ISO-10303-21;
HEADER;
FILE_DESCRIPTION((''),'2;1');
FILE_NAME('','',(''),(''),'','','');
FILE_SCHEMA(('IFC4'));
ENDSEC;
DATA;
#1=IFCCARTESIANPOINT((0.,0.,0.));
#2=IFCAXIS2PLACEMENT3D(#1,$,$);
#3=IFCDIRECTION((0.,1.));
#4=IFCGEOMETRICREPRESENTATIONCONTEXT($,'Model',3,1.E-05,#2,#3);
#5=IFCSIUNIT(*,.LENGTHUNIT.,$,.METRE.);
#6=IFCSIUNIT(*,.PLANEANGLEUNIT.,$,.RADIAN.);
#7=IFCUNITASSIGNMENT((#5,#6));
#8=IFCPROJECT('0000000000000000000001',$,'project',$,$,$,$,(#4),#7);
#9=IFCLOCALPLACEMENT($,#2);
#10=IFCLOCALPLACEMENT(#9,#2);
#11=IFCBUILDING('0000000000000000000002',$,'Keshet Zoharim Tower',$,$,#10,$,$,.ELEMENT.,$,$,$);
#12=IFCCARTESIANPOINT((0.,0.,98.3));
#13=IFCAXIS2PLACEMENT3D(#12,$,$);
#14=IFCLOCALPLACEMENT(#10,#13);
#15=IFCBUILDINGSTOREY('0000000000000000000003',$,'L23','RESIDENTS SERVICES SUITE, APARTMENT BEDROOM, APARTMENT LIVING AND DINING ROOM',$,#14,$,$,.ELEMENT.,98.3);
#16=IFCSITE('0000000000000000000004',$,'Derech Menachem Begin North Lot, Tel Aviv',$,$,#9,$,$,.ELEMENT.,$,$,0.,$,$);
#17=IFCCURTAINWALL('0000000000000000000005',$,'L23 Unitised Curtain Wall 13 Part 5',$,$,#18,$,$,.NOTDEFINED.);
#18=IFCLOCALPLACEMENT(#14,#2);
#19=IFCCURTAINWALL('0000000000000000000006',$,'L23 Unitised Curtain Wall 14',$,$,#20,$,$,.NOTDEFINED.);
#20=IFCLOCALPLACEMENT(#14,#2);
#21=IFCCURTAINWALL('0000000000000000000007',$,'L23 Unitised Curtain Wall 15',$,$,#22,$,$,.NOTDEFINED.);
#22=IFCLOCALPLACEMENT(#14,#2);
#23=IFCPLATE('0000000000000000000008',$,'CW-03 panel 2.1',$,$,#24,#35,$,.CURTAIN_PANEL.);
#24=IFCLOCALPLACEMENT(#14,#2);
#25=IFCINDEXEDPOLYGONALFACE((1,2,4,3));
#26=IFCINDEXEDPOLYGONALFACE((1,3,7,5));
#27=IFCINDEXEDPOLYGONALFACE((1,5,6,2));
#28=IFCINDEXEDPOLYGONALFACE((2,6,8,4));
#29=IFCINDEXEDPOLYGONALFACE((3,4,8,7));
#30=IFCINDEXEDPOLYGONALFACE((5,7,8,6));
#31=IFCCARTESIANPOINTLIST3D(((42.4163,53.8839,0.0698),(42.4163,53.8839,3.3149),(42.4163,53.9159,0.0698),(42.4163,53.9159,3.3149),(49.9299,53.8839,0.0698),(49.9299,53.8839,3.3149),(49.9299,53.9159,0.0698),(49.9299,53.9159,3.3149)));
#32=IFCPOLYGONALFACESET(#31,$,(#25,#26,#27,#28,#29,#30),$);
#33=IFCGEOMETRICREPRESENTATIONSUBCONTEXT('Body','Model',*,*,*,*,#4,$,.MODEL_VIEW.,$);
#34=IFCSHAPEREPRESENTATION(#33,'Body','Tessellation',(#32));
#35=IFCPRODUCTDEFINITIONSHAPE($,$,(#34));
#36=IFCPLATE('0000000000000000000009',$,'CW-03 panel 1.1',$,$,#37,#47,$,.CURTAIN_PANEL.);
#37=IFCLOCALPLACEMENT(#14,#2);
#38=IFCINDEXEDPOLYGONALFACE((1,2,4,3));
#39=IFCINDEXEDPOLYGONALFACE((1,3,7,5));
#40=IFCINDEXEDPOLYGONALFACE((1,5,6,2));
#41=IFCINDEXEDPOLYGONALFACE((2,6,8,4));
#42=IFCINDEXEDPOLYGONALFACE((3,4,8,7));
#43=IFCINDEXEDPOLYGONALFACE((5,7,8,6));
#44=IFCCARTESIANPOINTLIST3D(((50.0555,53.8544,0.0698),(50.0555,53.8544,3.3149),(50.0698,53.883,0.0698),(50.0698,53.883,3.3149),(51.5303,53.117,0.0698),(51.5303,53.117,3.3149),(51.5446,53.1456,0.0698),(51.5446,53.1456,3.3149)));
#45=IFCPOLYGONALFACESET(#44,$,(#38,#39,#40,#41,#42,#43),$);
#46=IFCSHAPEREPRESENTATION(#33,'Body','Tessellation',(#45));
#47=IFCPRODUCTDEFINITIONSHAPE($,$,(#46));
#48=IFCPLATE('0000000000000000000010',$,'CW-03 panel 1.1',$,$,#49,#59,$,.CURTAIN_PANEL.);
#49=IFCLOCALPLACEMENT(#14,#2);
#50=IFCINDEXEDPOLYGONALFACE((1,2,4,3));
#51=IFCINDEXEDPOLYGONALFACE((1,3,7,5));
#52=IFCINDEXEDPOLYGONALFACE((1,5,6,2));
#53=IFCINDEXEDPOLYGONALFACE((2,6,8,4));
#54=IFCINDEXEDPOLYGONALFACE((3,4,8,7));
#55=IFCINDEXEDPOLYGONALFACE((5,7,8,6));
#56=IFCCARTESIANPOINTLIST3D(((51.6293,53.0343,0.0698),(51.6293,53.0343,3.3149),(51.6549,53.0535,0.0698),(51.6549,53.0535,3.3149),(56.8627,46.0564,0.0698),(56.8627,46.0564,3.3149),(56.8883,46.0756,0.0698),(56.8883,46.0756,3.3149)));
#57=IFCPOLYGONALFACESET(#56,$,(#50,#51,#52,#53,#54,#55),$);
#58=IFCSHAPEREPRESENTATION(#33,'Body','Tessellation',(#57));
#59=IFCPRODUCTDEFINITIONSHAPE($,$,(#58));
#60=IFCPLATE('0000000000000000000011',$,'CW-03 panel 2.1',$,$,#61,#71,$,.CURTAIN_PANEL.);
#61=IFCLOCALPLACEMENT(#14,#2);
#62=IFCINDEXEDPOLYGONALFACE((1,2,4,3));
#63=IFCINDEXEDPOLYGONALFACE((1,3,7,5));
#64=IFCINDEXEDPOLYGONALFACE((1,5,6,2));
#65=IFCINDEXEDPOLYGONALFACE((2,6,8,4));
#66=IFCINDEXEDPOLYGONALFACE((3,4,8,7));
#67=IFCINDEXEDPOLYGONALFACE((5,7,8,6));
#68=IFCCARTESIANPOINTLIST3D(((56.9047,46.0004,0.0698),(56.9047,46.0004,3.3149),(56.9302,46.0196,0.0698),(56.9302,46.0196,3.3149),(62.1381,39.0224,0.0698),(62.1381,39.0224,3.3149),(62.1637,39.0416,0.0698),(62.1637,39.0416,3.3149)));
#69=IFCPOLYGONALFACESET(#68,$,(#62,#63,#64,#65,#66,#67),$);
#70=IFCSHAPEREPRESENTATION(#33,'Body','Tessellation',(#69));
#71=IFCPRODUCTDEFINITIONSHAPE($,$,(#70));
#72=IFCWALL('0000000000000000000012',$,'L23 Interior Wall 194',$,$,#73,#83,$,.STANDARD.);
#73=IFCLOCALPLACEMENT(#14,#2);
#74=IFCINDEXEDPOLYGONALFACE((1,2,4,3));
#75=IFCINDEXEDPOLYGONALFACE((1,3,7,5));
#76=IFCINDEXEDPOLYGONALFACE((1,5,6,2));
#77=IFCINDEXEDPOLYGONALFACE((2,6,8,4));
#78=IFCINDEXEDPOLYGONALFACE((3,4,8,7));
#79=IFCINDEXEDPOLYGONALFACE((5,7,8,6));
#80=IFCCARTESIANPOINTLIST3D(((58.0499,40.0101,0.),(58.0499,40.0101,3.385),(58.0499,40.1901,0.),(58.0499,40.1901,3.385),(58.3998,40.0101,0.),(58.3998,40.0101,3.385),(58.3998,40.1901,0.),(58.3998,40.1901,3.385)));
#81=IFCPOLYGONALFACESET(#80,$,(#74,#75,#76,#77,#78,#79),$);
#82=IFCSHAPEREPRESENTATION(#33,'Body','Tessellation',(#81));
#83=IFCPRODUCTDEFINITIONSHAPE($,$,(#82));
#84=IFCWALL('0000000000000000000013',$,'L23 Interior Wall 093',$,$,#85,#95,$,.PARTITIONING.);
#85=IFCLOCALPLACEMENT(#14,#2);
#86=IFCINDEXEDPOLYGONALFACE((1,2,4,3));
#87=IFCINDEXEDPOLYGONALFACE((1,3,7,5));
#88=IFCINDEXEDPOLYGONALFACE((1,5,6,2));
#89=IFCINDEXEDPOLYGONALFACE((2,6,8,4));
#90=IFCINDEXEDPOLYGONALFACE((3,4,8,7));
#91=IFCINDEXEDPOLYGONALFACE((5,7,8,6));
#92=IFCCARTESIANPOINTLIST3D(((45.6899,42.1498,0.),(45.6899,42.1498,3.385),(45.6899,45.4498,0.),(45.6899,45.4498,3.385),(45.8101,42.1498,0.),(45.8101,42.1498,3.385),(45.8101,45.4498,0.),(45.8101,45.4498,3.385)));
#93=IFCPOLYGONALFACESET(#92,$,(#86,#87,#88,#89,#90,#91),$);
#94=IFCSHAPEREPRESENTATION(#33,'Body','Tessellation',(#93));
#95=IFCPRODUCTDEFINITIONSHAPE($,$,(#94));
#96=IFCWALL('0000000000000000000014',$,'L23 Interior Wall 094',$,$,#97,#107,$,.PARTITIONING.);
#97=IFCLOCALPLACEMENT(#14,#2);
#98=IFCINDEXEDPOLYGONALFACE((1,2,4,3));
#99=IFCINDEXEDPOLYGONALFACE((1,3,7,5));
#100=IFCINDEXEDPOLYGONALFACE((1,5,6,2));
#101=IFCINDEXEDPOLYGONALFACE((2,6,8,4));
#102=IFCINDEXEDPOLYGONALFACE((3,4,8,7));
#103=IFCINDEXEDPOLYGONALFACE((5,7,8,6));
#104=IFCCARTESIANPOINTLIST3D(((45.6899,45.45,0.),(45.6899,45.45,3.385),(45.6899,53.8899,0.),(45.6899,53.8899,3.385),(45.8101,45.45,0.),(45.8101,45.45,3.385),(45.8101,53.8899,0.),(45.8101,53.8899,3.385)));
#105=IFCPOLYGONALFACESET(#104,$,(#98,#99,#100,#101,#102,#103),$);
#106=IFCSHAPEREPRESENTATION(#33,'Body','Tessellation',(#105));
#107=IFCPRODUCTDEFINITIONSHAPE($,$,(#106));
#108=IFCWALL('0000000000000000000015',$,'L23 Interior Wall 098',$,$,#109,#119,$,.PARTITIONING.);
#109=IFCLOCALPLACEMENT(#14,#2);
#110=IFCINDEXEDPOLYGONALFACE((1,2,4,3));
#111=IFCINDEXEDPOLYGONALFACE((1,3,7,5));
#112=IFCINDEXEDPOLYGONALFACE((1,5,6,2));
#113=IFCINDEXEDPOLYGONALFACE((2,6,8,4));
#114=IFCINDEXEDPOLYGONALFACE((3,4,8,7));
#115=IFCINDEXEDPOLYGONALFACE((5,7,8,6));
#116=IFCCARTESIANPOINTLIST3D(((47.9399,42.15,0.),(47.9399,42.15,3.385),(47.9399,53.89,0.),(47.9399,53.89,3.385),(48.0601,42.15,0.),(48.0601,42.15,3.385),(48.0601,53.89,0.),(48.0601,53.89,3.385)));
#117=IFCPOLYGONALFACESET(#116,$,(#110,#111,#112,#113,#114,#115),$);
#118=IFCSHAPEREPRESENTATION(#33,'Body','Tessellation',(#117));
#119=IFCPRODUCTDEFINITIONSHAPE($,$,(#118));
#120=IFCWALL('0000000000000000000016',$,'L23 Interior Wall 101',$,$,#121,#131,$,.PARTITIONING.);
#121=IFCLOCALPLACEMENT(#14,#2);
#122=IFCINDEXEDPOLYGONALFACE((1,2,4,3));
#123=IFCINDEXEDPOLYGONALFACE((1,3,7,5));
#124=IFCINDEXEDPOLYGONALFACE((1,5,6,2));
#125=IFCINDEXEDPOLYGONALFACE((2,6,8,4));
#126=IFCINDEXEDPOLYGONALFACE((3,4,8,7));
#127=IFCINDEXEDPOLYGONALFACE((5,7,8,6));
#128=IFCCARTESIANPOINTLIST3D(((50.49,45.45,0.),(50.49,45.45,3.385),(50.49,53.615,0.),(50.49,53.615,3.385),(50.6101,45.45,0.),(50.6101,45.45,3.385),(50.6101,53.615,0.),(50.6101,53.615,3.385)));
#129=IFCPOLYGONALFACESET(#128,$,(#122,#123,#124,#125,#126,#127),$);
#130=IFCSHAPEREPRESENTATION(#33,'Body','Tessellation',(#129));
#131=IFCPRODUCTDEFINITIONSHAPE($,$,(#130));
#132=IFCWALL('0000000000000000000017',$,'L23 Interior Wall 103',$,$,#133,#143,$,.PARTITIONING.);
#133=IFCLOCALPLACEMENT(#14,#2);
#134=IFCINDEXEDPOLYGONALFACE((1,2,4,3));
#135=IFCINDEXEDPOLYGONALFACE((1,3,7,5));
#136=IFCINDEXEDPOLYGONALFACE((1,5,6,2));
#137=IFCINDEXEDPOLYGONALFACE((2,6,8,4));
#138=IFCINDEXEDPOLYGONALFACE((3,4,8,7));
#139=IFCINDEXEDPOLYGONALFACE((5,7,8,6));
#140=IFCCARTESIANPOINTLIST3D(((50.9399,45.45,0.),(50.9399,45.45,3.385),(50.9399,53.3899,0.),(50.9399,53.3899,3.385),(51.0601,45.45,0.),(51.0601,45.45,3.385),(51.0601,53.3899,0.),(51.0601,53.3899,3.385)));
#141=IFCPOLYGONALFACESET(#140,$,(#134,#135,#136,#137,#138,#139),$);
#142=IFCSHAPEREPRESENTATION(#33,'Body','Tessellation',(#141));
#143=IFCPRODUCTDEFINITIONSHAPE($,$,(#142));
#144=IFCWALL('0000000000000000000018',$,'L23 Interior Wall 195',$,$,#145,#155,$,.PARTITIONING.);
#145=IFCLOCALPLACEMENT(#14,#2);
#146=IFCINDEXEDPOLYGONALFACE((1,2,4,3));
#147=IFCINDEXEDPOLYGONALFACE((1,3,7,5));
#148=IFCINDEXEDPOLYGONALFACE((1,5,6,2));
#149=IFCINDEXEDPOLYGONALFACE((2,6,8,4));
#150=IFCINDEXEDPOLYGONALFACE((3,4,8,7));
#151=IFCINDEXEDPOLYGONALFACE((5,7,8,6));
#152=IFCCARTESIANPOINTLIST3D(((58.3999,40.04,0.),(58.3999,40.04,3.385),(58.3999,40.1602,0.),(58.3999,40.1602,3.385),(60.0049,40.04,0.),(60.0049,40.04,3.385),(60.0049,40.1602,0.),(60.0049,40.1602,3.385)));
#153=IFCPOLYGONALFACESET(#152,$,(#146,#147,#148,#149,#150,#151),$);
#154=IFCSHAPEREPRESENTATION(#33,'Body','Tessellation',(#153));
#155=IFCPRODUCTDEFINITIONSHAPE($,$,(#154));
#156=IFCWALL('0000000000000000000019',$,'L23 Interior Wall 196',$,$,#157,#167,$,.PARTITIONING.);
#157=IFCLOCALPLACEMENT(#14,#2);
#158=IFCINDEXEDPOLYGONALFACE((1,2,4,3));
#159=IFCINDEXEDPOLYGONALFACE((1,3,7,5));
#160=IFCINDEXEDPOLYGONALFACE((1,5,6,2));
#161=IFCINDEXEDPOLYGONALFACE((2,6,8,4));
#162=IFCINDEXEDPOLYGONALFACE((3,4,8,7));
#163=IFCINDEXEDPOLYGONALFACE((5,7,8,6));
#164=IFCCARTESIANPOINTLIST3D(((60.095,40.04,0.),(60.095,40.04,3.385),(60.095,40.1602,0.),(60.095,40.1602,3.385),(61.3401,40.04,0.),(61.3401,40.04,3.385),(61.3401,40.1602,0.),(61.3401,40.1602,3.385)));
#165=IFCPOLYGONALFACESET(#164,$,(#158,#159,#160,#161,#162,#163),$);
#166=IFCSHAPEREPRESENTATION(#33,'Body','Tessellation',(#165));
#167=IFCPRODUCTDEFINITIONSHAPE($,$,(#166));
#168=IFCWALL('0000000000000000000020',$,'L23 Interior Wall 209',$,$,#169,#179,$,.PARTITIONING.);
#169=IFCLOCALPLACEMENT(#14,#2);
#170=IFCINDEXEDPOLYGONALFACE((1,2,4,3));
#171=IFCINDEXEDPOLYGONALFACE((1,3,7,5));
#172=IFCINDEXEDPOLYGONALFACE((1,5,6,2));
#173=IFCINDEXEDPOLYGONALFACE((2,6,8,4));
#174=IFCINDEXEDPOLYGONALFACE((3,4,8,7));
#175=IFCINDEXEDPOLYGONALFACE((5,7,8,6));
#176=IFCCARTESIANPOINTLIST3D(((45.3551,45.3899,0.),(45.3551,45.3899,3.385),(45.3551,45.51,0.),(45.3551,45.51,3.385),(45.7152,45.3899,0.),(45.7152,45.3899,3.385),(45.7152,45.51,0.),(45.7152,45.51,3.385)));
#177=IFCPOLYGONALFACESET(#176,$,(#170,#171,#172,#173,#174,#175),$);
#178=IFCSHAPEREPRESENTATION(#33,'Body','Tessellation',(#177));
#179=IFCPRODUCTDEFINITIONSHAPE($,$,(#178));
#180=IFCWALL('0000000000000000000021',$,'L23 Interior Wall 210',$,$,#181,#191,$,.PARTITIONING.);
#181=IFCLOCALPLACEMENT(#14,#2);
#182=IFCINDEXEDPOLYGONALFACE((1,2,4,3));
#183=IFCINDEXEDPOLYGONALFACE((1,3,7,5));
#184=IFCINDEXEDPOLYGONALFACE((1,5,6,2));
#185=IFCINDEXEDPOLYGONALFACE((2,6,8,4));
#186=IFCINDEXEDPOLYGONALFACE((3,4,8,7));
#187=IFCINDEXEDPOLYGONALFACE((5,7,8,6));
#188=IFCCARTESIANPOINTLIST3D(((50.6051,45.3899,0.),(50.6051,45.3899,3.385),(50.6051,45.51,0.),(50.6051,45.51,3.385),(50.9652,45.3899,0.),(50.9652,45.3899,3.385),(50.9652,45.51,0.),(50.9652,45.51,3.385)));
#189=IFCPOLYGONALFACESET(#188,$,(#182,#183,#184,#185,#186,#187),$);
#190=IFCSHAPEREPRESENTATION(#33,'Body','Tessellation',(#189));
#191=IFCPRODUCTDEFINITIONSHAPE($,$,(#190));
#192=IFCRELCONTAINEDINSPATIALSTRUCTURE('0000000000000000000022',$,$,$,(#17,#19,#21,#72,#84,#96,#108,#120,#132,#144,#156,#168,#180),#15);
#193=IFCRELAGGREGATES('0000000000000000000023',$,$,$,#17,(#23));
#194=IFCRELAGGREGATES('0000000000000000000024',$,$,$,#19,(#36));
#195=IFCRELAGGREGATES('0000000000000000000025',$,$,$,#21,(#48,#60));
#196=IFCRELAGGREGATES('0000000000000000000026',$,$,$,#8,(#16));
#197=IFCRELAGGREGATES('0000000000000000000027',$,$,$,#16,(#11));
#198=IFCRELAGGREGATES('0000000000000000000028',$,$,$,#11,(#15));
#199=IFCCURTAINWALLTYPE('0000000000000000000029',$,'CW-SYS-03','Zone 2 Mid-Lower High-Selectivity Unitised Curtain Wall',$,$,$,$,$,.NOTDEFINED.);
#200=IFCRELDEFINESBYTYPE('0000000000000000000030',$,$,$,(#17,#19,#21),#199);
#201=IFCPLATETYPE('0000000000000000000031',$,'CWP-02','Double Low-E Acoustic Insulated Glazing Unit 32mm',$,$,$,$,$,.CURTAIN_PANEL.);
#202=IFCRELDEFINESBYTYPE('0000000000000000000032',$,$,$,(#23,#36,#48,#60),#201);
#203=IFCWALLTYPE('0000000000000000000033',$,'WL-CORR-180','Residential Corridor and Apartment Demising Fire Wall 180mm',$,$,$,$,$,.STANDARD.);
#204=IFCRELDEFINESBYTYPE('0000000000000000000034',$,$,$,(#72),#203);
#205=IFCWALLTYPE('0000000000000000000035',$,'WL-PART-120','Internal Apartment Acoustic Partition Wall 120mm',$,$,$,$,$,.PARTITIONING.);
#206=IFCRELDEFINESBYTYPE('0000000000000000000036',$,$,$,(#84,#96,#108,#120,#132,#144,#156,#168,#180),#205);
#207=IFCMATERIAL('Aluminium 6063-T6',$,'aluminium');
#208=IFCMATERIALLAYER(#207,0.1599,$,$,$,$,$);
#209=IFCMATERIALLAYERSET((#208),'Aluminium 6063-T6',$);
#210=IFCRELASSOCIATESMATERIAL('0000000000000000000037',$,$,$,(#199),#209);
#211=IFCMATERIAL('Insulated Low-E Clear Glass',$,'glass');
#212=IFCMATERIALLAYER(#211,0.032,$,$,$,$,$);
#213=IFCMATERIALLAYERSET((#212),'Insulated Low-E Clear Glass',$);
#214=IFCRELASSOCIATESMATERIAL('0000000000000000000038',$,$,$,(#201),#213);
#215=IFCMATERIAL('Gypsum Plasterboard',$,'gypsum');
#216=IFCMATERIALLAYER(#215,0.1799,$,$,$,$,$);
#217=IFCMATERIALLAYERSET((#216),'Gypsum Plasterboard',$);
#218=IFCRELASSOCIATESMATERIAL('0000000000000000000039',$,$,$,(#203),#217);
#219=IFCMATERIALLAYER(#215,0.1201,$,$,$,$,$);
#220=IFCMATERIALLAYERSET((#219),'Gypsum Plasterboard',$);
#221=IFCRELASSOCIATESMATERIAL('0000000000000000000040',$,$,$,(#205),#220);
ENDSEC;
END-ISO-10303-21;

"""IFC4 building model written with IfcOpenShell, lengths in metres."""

from ifc_helpers import new_model, si_unit, direction, frame, frame_2d, origin, origin_2d, place, context, subcontext, project, spatial, rectangle, extrude, material, layer, layer_set, type_object, element, aggregate, save


model = new_model("IFC4")

# Units and contexts
model_context = context("Model", 3, precision=1e-05, world=origin(), true_north=direction((0.0, 1.0)))
body_context = subcontext(model_context, "Body", "Model", "MODEL_VIEW")
ifc_project = project(units=[si_unit("LENGTHUNIT", "METRE"), si_unit("PLANEANGLEUNIT", "RADIAN")], contexts=[model_context])

# Site, building, storey
site_placement = place(None, origin())
site = spatial("IfcSite", under=ifc_project, at=site_placement, Name="Derech Menachem Begin North Lot, Tel Aviv", CompositionType="ELEMENT", RefElevation=0.0)
building_placement = place(site_placement, origin())
building = spatial("IfcBuilding", under=site, at=building_placement, Name="Keshet Zoharim Tower", CompositionType="ELEMENT")
storey_placement = place(building_placement, frame((0.0, 0.0, 98.3)))
storey = spatial("IfcBuildingStorey", under=building, at=storey_placement, Name="L23", Description="RESIDENTS SERVICES SUITE, APARTMENT BEDROOM, APARTMENT LIVING AND DINING ROOM", CompositionType="ELEMENT", Elevation=98.3)

# Curtain wall
ifc_material_1 = material(Name="Aluminium 6063-T6", Category="aluminium")
ifc_layer_1 = layer(ifc_material_1, 0.1599)
ifc_layer_set_1 = layer_set([ifc_layer_1], Name="Aluminium 6063-T6")
curtain_wall_type = type_object("IfcCurtainWallType", Name="CW-SYS-03", Description="Zone 2 Mid-Lower High-Selectivity Unitised Curtain Wall", PredefinedType="NOTDEFINED", material=ifc_layer_set_1)
curtain_wall_1_placement = place(storey_placement, origin())
curtain_wall_1 = element("IfcCurtainWall", 1, at=curtain_wall_1_placement, inside=storey, type_object=curtain_wall_type, Name="L23 Unitised Curtain Wall 13 Part 5", PredefinedType="NOTDEFINED")

# Curtain walls
curtain_wall_2_placement = place(storey_placement, origin())
curtain_wall_2 = element("IfcCurtainWall", 2, at=curtain_wall_2_placement, inside=storey, type_object=curtain_wall_type, Name="L23 Unitised Curtain Wall 14", PredefinedType="NOTDEFINED")
curtain_wall_3_placement = place(storey_placement, origin())
curtain_wall_3 = element("IfcCurtainWall", 3, at=curtain_wall_3_placement, inside=storey, type_object=curtain_wall_type, Name="L23 Unitised Curtain Wall 15", PredefinedType="NOTDEFINED")

# Plates
ifc_material_2 = material(Name="Insulated Low-E Clear Glass", Category="glass")
ifc_layer_2 = layer(ifc_material_2, 0.032)
ifc_layer_set_2 = layer_set([ifc_layer_2], Name="Insulated Low-E Clear Glass")
plate_type = type_object("IfcPlateType", Name="CWP-02", Description="Double Low-E Acoustic Insulated Glazing Unit 32mm", PredefinedType="CURTAIN_PANEL", material=ifc_layer_set_2)
plate_1_placement = place(storey_placement, frame((46.1731, 53.8999, 0.0698), z_axis=(0.0, 0.0, 1.0), x_axis=(1.0, 0.0, 0.0)))
plate_1 = element("IfcPlate", 4, at=plate_1_placement, type_object=plate_type, Name="CW-03 panel 2.1", PredefinedType="CURTAIN_PANEL", context=body_context, shape_type="SweptSolid", body=[
    extrude(rectangle(XDim=7.5137, YDim=0.032, at=origin_2d()), origin(), (0.0, 0.0, 1.0), 3.2451),
])
aggregate(curtain_wall_1, [plate_1])
plate_2_placement = place(storey_placement, frame((50.8, 53.5, 0.0698), z_axis=(0.0, 0.0, 1.0), x_axis=(0.894427, -0.447214, 0.0)))
plate_2 = element("IfcPlate", 5, at=plate_2_placement, type_object=plate_type, Name="CW-03 panel 1.1", PredefinedType="CURTAIN_PANEL", context=body_context, shape_type="SweptSolid", body=[
    extrude(rectangle(XDim=1.6489, YDim=0.032, at=origin_2d()), origin(), (0.0, 0.0, 1.0), 3.2451),
])
aggregate(curtain_wall_2, [plate_2])
plate_3_placement = place(storey_placement, frame((54.2588, 49.5549, 0.0698), z_axis=(0.0, 0.0, 1.0), x_axis=(0.6, -0.8, 0.0)))
plate_3 = element("IfcPlate", 6, at=plate_3_placement, type_object=plate_type, Name="CW-03 panel 1.1", PredefinedType="CURTAIN_PANEL", context=body_context, shape_type="SweptSolid", body=[
    extrude(rectangle(XDim=8.7224, YDim=0.032, at=origin_2d()), origin(), (0.0, 0.0, 1.0), 3.2451),
])
plate_4_placement = place(storey_placement, frame((59.5342, 42.521, 0.0698), z_axis=(0.0, 0.0, 1.0), x_axis=(0.6, -0.8, 0.0)))
plate_4 = element("IfcPlate", 7, at=plate_4_placement, type_object=plate_type, Name="CW-03 panel 2.1", PredefinedType="CURTAIN_PANEL", context=body_context, shape_type="SweptSolid", body=[
    extrude(rectangle(XDim=8.7224, YDim=0.032, at=origin_2d()), origin(), (0.0, 0.0, 1.0), 3.2451),
])
aggregate(curtain_wall_3, [plate_3, plate_4])

# Walls
ifc_material_3 = material(Name="Gypsum Plasterboard", Category="gypsum")
ifc_layer_3 = layer(ifc_material_3, 0.1799)
ifc_layer_set_3 = layer_set([ifc_layer_3], Name="Gypsum Plasterboard")
wall_type_1 = type_object("IfcWallType", Name="WL-CORR-180", Description="Residential Corridor and Apartment Demising Fire Wall 180mm", PredefinedType="STANDARD", material=ifc_layer_set_3)
wall_1_placement = place(storey_placement, frame((58.05, 40.1001, 0.0), z_axis=(0.0, 0.0, 1.0), x_axis=(1.0, 0.0, 0.0)))
element("IfcWall", 8, at=wall_1_placement, inside=storey, type_object=wall_type_1, Name="L23 Interior Wall 194", PredefinedType="STANDARD", context=body_context, shape_type="SweptSolid", body=[
    extrude(rectangle(XDim=0.3499, YDim=0.1799, at=frame_2d((0.1748, 0.0))), origin(), (0.0, 0.0, 1.0), 3.385),
])
ifc_layer_4 = layer(ifc_material_3, 0.1201)
ifc_layer_set_4 = layer_set([ifc_layer_4], Name="Gypsum Plasterboard")
wall_type_2 = type_object("IfcWallType", Name="WL-PART-120", Description="Internal Apartment Acoustic Partition Wall 120mm", PredefinedType="PARTITIONING", material=ifc_layer_set_4)
wall_2_placement = place(storey_placement, frame((45.75, 42.1499, 0.0), z_axis=(0.0, 0.0, 1.0), x_axis=(0.0, 1.0, 0.0)))
element("IfcWall", 9, at=wall_2_placement, inside=storey, type_object=wall_type_2, Name="L23 Interior Wall 093", PredefinedType="PARTITIONING", context=body_context, shape_type="SweptSolid", body=[
    extrude(rectangle(XDim=3.3, YDim=0.1201, at=frame_2d((1.6499, 0.0))), origin(), (0.0, 0.0, 1.0), 3.385),
])
wall_3_placement = place(storey_placement, frame((45.75, 45.45, 0.0), z_axis=(0.0, 0.0, 1.0), x_axis=(0.0, 1.0, 0.0)))
element("IfcWall", 10, at=wall_3_placement, inside=storey, type_object=wall_type_2, Name="L23 Interior Wall 094", PredefinedType="PARTITIONING", context=body_context, shape_type="SweptSolid", body=[
    extrude(rectangle(XDim=8.4399, YDim=0.1201, at=frame_2d((4.22, 0.0))), origin(), (0.0, 0.0, 1.0), 3.385),
])
wall_4_placement = place(storey_placement, frame((48.0, 42.1499, 0.0), z_axis=(0.0, 0.0, 1.0), x_axis=(0.0, 1.0, 0.0)))
element("IfcWall", 11, at=wall_4_placement, inside=storey, type_object=wall_type_2, Name="L23 Interior Wall 098", PredefinedType="PARTITIONING", context=body_context, shape_type="SweptSolid", body=[
    extrude(rectangle(XDim=11.74, YDim=0.1201, at=frame_2d((5.8701, 0.0))), origin(), (0.0, 0.0, 1.0), 3.385),
])
wall_5_placement = place(storey_placement, frame((50.55, 45.45, 0.0), z_axis=(0.0, 0.0, 1.0), x_axis=(0.0, 1.0, 0.0)))
element("IfcWall", 12, at=wall_5_placement, inside=storey, type_object=wall_type_2, Name="L23 Interior Wall 101", PredefinedType="PARTITIONING", context=body_context, shape_type="SweptSolid", body=[
    extrude(rectangle(XDim=8.165, YDim=0.1201, at=frame_2d((4.0825, 0.0))), origin(), (0.0, 0.0, 1.0), 3.385),
])
wall_6_placement = place(storey_placement, frame((51.0, 45.45, 0.0), z_axis=(0.0, 0.0, 1.0), x_axis=(0.0, 1.0, 0.0)))
element("IfcWall", 13, at=wall_6_placement, inside=storey, type_object=wall_type_2, Name="L23 Interior Wall 103", PredefinedType="PARTITIONING", context=body_context, shape_type="SweptSolid", body=[
    extrude(rectangle(XDim=7.9399, YDim=0.1201, at=frame_2d((3.97, 0.0))), origin(), (0.0, 0.0, 1.0), 3.385),
])
wall_7_placement = place(storey_placement, frame((58.3999, 40.1001, 0.0), z_axis=(0.0, 0.0, 1.0), x_axis=(1.0, 0.0, 0.0)))
element("IfcWall", 14, at=wall_7_placement, inside=storey, type_object=wall_type_2, Name="L23 Interior Wall 195", PredefinedType="PARTITIONING", context=body_context, shape_type="SweptSolid", body=[
    extrude(rectangle(XDim=1.605, YDim=0.1201, at=frame_2d((0.8025, 0.0))), origin(), (0.0, 0.0, 1.0), 3.385),
])
wall_8_placement = place(storey_placement, frame((60.095, 40.1001, 0.0), z_axis=(0.0, 0.0, 1.0), x_axis=(1.0, 0.0, 0.0)))
element("IfcWall", 15, at=wall_8_placement, inside=storey, type_object=wall_type_2, Name="L23 Interior Wall 196", PredefinedType="PARTITIONING", context=body_context, shape_type="SweptSolid", body=[
    extrude(rectangle(XDim=1.2451, YDim=0.1201, at=frame_2d((0.6226, 0.0))), origin(), (0.0, 0.0, 1.0), 3.385),
])

# Walls
for number, where, z_axis, x_axis, name in (
    (16, (45.355, 45.45, 0.0), (0.0, 0.0, 1.0), (1.0, 0.0, 0.0), "L23 Interior Wall 209"),
    (17, (50.605, 45.45, 0.0), (0.0, 0.0, 1.0), (1.0, 0.0, 0.0), "L23 Interior Wall 210"),
):
    element("IfcWall", number, at=place(storey_placement, frame(where, z_axis=z_axis, x_axis=x_axis)), inside=storey, type_object=wall_type_2, Name=name, PredefinedType="PARTITIONING", context=body_context, shape_type="SweptSolid", body=[
        extrude(rectangle(XDim=0.3601, YDim=0.1201, at=frame_2d((0.1802, 0.0))), origin(), (0.0, 0.0, 1.0), 3.385),
    ])

save(model, "model.ifc")
